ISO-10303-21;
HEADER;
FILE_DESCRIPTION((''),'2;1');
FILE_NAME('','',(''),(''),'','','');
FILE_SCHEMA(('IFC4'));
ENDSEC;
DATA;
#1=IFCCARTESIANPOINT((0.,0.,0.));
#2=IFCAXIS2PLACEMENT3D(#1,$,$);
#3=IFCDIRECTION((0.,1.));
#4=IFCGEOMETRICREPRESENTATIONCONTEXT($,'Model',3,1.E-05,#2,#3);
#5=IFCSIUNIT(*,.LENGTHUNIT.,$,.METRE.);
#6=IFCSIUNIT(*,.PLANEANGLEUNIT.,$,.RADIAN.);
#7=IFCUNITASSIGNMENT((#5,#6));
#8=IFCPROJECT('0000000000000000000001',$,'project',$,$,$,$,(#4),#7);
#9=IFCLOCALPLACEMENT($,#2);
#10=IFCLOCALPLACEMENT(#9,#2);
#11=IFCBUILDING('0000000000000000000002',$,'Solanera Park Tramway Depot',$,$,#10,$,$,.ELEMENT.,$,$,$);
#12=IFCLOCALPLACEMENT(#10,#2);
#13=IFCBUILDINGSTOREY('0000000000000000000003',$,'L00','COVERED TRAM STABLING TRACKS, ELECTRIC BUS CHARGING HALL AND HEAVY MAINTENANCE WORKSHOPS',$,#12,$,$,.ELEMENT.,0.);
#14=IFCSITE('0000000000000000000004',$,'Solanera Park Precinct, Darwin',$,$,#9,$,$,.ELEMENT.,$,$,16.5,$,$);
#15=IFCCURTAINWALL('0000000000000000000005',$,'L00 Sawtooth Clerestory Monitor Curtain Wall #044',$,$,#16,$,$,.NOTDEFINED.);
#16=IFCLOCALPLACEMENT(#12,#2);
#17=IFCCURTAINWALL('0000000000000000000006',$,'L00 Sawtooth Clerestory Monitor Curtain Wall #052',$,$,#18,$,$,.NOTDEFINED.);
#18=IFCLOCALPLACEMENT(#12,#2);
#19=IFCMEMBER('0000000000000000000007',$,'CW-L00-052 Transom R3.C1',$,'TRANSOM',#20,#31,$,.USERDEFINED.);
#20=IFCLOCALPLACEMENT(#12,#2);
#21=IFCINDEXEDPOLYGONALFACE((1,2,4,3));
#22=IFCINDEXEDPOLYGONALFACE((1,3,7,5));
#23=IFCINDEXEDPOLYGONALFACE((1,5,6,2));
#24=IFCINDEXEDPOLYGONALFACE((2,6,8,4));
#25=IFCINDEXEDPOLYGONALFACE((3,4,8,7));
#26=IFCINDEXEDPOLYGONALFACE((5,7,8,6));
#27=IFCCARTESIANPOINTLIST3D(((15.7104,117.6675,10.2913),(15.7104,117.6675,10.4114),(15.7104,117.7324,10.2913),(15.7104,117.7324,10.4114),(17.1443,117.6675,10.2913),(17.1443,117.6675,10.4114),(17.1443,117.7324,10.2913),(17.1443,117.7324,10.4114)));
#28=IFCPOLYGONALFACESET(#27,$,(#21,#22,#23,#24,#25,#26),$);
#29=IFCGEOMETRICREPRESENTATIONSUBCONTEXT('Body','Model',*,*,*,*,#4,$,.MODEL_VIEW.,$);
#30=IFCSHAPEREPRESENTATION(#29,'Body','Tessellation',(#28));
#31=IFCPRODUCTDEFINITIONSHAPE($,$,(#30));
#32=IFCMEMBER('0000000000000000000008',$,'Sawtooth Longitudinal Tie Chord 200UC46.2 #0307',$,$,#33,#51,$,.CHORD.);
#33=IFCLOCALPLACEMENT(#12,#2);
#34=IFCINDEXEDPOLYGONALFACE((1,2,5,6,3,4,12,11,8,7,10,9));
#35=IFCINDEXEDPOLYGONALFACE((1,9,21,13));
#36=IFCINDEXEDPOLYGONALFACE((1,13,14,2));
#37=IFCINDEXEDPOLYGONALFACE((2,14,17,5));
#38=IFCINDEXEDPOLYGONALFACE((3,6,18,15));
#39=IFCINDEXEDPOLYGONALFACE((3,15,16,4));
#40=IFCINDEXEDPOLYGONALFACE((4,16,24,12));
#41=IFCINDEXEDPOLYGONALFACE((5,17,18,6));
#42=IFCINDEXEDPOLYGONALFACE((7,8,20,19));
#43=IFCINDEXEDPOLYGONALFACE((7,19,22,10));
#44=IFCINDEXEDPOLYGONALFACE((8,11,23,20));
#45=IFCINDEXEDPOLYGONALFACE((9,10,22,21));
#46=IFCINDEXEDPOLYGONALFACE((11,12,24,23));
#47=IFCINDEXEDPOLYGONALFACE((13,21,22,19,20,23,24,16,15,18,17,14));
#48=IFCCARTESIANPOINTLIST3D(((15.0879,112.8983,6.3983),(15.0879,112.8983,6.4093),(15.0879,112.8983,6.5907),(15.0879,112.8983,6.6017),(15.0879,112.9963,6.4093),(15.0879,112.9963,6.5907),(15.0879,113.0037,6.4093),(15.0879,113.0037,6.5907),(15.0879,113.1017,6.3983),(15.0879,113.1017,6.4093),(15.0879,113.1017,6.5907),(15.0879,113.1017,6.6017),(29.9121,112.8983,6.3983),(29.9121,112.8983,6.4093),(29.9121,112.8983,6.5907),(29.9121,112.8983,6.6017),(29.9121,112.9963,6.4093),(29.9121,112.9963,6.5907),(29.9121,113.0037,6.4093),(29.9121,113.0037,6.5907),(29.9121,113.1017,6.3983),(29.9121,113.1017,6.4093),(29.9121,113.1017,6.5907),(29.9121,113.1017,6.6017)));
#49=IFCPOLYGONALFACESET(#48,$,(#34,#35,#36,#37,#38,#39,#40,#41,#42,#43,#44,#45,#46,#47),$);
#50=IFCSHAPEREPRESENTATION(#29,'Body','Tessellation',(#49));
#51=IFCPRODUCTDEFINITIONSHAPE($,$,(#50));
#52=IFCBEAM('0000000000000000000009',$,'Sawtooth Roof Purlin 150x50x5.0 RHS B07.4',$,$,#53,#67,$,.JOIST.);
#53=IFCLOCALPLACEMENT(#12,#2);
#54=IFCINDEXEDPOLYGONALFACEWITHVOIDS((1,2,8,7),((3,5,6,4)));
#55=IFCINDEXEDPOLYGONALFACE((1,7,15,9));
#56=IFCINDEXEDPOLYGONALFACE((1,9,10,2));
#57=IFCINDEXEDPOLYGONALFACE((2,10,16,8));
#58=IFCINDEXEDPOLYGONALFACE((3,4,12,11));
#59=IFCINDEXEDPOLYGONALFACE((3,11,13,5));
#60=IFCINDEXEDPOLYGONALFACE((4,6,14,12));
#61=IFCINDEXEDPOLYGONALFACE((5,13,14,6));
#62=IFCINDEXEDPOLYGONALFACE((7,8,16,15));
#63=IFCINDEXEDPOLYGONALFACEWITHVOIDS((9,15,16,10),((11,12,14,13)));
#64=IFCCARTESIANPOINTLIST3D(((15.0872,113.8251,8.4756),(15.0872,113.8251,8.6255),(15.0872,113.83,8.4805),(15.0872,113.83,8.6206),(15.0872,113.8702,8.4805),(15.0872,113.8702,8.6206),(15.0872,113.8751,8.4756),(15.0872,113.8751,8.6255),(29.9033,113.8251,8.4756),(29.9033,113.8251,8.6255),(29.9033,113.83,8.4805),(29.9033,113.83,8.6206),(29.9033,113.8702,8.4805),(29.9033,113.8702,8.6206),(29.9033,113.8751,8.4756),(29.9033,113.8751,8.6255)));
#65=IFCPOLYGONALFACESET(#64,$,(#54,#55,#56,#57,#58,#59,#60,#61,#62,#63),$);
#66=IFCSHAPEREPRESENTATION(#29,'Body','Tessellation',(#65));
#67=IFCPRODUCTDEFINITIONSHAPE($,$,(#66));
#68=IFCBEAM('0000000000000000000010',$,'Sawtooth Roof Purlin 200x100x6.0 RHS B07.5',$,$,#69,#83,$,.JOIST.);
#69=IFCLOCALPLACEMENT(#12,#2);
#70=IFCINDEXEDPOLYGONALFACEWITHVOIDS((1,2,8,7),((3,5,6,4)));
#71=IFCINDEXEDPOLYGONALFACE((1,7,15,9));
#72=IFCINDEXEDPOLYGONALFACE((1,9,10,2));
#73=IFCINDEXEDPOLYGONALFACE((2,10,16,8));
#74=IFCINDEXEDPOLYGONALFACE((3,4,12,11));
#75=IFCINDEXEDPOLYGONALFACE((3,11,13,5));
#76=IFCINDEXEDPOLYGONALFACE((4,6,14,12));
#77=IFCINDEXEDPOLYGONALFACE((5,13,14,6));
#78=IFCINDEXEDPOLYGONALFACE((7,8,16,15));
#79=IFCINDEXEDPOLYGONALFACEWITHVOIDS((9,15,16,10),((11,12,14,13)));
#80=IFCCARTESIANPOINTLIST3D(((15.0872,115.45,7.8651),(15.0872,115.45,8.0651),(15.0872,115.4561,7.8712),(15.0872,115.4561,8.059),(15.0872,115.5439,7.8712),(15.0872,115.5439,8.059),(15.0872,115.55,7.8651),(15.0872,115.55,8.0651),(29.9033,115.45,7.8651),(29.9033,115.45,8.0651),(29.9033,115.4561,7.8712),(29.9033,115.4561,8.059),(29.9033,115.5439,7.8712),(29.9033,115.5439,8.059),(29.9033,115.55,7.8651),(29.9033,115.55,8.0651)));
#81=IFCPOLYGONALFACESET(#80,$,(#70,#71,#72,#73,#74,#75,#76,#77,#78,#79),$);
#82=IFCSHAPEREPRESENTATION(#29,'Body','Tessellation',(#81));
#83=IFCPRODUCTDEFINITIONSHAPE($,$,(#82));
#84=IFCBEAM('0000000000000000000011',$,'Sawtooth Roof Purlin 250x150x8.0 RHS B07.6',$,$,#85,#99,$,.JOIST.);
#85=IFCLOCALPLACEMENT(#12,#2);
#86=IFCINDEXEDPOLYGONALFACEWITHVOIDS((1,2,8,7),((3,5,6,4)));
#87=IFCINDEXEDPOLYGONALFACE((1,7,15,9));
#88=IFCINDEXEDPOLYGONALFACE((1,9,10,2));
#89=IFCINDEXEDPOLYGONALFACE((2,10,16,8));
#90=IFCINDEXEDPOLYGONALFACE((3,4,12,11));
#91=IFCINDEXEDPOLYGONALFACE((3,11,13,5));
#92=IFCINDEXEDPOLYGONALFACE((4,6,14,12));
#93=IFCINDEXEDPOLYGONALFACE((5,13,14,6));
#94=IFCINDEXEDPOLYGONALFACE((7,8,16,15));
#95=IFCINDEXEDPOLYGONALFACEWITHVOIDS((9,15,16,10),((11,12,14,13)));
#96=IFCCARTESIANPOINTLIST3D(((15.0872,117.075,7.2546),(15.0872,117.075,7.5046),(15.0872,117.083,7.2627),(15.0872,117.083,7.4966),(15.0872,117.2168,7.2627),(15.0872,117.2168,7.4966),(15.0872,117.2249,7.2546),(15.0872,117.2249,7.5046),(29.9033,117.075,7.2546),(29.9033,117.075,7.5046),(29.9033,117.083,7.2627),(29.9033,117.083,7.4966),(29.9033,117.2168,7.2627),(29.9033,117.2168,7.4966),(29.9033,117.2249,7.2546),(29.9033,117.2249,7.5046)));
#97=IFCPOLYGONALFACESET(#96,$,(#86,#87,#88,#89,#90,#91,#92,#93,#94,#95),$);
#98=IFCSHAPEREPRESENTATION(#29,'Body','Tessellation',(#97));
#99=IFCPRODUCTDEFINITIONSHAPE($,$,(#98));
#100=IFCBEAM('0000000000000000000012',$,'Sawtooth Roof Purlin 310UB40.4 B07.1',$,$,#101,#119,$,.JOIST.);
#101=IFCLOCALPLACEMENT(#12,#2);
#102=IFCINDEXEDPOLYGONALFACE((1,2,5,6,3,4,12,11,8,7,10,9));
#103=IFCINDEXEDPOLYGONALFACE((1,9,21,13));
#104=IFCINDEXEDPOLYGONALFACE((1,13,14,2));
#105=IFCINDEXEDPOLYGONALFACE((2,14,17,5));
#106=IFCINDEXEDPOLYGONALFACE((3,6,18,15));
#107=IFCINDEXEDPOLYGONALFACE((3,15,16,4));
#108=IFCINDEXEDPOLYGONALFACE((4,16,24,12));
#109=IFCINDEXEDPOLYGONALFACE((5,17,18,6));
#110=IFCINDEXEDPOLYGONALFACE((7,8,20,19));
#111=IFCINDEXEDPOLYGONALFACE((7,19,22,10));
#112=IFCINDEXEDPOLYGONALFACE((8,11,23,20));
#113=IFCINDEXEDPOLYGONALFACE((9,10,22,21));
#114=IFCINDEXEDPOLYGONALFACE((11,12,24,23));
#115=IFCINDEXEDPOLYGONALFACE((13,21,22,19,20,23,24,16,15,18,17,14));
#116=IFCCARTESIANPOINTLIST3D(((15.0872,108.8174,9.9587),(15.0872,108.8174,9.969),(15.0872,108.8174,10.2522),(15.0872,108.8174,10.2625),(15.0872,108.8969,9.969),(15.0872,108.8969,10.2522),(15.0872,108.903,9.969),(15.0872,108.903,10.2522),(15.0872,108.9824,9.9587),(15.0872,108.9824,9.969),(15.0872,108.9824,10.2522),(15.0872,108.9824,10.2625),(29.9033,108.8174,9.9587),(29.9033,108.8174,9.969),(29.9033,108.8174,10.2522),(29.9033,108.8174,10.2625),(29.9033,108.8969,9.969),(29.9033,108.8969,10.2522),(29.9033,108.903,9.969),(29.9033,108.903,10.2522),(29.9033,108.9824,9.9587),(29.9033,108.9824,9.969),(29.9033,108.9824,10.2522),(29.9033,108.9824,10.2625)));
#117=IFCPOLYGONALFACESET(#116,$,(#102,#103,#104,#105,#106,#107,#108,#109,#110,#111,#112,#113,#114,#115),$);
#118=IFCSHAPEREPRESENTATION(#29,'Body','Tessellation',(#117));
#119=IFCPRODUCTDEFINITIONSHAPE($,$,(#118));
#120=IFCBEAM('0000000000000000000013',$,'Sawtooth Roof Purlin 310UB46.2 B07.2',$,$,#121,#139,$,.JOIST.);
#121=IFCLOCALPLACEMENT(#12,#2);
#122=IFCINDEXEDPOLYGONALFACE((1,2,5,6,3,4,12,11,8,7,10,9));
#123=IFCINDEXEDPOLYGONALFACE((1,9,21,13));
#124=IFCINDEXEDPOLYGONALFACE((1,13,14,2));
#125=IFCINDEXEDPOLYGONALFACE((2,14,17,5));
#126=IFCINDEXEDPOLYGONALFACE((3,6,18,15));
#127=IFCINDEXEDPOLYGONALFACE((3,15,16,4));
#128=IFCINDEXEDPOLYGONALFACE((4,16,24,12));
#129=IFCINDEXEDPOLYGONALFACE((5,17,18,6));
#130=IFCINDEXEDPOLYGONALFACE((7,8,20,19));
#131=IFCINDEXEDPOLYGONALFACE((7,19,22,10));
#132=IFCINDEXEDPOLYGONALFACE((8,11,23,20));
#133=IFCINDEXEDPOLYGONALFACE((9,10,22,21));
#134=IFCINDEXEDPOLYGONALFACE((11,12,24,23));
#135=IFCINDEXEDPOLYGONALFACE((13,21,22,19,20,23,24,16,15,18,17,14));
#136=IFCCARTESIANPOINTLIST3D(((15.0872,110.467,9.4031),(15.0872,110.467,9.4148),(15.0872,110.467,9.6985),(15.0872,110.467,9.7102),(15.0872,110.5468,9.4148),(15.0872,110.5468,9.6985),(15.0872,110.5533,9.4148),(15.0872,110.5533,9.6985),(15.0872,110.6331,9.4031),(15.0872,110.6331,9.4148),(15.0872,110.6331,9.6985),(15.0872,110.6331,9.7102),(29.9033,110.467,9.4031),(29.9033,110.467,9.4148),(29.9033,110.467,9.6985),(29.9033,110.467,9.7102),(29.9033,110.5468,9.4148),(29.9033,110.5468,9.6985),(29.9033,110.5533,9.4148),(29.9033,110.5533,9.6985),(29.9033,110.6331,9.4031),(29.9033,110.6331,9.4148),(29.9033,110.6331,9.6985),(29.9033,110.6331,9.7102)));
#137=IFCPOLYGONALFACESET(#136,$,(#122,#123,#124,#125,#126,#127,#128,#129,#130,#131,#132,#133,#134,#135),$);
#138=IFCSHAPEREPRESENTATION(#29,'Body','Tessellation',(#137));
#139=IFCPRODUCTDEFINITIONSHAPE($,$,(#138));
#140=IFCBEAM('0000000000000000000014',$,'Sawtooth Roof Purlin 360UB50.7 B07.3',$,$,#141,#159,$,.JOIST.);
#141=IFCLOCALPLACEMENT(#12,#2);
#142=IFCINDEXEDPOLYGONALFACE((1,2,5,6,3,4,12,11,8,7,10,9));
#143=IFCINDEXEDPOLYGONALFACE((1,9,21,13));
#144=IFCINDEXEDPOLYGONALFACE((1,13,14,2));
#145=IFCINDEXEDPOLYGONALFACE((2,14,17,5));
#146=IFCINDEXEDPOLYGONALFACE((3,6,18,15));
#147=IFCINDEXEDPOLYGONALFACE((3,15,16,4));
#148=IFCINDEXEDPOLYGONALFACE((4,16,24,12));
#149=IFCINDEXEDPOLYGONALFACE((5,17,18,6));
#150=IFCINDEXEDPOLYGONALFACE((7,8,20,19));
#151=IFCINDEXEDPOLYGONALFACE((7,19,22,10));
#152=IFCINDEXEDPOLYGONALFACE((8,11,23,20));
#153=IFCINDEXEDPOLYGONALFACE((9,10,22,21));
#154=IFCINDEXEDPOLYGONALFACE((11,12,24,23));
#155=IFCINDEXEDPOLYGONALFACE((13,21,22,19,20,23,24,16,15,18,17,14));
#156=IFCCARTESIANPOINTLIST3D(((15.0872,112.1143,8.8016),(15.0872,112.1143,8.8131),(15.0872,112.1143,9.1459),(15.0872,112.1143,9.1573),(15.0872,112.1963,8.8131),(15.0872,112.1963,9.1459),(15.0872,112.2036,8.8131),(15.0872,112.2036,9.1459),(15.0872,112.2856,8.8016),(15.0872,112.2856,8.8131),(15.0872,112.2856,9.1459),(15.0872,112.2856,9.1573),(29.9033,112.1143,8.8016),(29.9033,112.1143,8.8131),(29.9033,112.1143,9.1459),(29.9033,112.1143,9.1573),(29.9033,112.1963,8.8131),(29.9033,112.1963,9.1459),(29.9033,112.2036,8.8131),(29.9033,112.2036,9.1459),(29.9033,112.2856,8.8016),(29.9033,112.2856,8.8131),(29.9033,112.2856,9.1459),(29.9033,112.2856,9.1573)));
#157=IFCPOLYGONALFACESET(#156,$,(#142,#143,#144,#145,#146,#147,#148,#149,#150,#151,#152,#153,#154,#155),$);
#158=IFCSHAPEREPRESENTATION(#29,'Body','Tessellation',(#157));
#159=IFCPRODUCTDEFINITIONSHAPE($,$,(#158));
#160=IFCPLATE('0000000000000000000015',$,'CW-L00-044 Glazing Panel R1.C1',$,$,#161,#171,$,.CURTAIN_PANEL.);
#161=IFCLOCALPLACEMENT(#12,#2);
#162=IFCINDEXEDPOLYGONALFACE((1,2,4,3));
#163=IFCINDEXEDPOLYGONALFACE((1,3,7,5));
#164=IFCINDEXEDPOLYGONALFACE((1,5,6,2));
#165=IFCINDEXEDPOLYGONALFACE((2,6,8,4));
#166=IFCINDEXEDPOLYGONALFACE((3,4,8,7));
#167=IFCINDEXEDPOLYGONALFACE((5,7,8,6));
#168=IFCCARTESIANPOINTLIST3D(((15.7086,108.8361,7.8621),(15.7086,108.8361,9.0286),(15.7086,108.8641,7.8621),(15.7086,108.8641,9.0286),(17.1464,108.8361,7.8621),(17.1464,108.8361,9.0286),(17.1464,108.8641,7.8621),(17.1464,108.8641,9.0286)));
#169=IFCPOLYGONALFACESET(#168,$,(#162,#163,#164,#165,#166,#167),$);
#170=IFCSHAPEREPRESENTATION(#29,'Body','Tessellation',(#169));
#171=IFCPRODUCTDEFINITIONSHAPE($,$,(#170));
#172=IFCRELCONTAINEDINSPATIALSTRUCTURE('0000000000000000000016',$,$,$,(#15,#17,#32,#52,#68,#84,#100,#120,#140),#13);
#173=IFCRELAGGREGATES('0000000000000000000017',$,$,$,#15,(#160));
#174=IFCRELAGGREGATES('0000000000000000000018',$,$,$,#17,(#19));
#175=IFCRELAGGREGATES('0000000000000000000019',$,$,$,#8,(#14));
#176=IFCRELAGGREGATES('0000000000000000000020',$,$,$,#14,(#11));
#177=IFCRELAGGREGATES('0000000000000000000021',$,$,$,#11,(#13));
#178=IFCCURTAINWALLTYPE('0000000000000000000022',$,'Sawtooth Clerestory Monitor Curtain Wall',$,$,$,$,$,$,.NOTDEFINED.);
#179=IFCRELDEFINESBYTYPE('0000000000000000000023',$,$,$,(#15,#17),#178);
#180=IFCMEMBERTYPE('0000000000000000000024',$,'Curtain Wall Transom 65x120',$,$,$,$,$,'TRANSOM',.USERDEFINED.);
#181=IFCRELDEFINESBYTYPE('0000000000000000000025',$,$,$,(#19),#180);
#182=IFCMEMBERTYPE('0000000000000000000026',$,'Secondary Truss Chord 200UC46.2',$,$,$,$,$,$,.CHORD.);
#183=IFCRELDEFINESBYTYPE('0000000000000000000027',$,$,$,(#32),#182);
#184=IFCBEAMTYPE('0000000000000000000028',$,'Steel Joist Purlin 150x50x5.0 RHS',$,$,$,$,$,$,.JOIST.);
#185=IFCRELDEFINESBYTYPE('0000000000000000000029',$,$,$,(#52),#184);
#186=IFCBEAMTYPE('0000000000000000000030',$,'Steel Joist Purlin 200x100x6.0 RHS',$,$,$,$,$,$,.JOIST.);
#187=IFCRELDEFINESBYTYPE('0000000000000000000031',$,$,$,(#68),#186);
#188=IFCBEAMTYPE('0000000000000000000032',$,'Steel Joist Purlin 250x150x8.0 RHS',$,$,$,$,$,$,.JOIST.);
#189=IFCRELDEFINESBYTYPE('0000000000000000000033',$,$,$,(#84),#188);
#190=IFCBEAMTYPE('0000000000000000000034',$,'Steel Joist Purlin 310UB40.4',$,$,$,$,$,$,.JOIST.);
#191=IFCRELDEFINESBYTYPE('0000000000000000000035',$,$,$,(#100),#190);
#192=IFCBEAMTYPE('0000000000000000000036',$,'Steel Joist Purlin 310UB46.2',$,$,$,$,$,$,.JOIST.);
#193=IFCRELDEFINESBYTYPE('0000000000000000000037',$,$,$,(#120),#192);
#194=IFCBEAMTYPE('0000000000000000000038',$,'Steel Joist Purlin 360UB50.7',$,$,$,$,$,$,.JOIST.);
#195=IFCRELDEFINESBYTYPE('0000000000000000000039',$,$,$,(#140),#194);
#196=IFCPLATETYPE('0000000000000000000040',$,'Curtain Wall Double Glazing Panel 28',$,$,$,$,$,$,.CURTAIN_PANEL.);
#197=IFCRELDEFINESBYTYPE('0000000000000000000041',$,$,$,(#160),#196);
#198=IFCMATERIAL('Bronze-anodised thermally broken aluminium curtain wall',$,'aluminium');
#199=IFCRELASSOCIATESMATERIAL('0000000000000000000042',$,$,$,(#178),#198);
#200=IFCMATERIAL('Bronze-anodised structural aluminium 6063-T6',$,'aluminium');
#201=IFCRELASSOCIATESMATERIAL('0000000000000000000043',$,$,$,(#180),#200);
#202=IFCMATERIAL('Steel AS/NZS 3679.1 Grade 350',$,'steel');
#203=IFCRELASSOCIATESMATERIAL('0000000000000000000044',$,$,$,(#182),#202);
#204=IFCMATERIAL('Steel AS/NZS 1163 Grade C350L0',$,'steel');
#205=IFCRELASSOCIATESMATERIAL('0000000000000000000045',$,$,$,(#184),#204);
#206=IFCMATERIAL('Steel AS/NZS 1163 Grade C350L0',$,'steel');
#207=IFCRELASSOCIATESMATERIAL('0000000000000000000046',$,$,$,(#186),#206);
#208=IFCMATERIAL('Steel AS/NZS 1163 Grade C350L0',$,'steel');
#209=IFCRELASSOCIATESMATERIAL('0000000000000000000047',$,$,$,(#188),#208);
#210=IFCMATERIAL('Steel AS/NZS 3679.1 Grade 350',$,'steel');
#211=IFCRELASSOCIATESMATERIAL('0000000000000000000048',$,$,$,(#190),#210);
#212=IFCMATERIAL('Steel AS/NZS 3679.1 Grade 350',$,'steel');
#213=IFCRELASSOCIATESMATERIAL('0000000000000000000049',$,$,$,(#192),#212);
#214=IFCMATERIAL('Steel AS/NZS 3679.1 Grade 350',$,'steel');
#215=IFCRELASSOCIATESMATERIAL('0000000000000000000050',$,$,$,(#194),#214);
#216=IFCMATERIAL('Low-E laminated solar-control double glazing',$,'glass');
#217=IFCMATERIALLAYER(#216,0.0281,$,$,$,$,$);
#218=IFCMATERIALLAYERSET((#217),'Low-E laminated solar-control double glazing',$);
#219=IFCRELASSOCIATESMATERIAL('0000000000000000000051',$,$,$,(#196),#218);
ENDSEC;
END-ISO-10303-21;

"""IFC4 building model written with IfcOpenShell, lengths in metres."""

from ifc_helpers import new_model, si_unit, direction, frame, origin, origin_2d, place, context, subcontext, project, spatial, rectangle, hollow_rectangle, i_section, extrude, material, layer, layer_set, material_profile, profile_set, type_object, element, aggregate, save


model = new_model("IFC4")

# Units and contexts
model_context = context("Model", 3, precision=1e-05, world=origin(), true_north=direction((0.0, 1.0)))
body_context = subcontext(model_context, "Body", "Model", "MODEL_VIEW")
ifc_project = project(units=[si_unit("LENGTHUNIT", "METRE"), si_unit("PLANEANGLEUNIT", "RADIAN")], contexts=[model_context])

# Site, building, storey
site_placement = place(None, origin())
site = spatial("IfcSite", under=ifc_project, at=site_placement, Name="Solanera Park Precinct, Darwin", CompositionType="ELEMENT", RefElevation=16.5)
building_placement = place(site_placement, origin())
building = spatial("IfcBuilding", under=site, at=building_placement, Name="Solanera Park Tramway Depot", CompositionType="ELEMENT")
storey_placement = place(building_placement, origin())
storey = spatial("IfcBuildingStorey", under=building, at=storey_placement, Name="L00", Description="COVERED TRAM STABLING TRACKS, ELECTRIC BUS CHARGING HALL AND HEAVY MAINTENANCE WORKSHOPS", CompositionType="ELEMENT", Elevation=0.0)

# Curtain walls
ifc_material_1 = material(Name="Bronze-anodised thermally broken aluminium curtain wall", Category="aluminium")
curtain_wall_type = type_object("IfcCurtainWallType", Name="Sawtooth Clerestory Monitor Curtain Wall", PredefinedType="NOTDEFINED", material=ifc_material_1)
curtain_wall_1_placement = place(storey_placement, origin())
curtain_wall_1 = element("IfcCurtainWall", 1, at=curtain_wall_1_placement, inside=storey, type_object=curtain_wall_type, Name="L00 Sawtooth Clerestory Monitor Curtain Wall #044", PredefinedType="NOTDEFINED")
curtain_wall_2_placement = place(storey_placement, origin())
curtain_wall_2 = element("IfcCurtainWall", 2, at=curtain_wall_2_placement, inside=storey, type_object=curtain_wall_type, Name="L00 Sawtooth Clerestory Monitor Curtain Wall #052", PredefinedType="NOTDEFINED")

# Members
ifc_material_2 = material(Name="Bronze-anodised structural aluminium 6063-T6", Category="aluminium")
ifc_material_profile_1 = material_profile(ifc_material_2, rectangle(XDim=0.0649, YDim=0.1201, at=origin_2d()), Name="Curtain Wall Transom 65x120")
ifc_profile_set_1 = profile_set([ifc_material_profile_1], Name="Bronze-anodised structural aluminium 6063-T6")
member_type_1 = type_object("IfcMemberType", Name="Curtain Wall Transom 65x120", ElementType="TRANSOM", PredefinedType="USERDEFINED", material=ifc_profile_set_1)
member_1_placement = place(storey_placement, frame((15.7104, 117.7, 10.3513), z_axis=(1.0, 0.0, 0.0), x_axis=(0.0, 1.0, 0.0)))
member_1 = element("IfcMember", 3, at=member_1_placement, type_object=member_type_1, Name="CW-L00-052 Transom R3.C1", ObjectType="TRANSOM", PredefinedType="USERDEFINED", context=body_context, shape_type="SweptSolid", body=[
    extrude(rectangle(XDim=0.0649, YDim=0.1201, at=origin_2d()), origin(), (0.0, 0.0, 1.0), 1.4338),
])
ifc_material_3 = material(Name="Steel AS/NZS 3679.1 Grade 350", Category="steel")
ifc_material_profile_2 = material_profile(ifc_material_3, i_section(OverallWidth=0.2034, OverallDepth=0.2034, WebThickness=0.0073, FlangeThickness=0.011, at=origin_2d()), Name="200UC46.2")
ifc_profile_set_2 = profile_set([ifc_material_profile_2], Name="Steel AS/NZS 3679.1 Grade 350")
member_type_2 = type_object("IfcMemberType", Name="Secondary Truss Chord 200UC46.2", PredefinedType="CHORD", material=ifc_profile_set_2)
member_2_placement = place(storey_placement, frame((15.0879, 113.0, 6.5), z_axis=(1.0, 0.0, 0.0), x_axis=(0.0, 1.0, 0.0)))
element("IfcMember", 4, at=member_2_placement, inside=storey, type_object=member_type_2, Name="Sawtooth Longitudinal Tie Chord 200UC46.2 #0307", PredefinedType="CHORD", context=body_context, shape_type="SweptSolid", body=[
    extrude(i_section(OverallWidth=0.2034, OverallDepth=0.2034, WebThickness=0.0073, FlangeThickness=0.011, at=origin_2d()), origin(), (0.0, 0.0, 1.0), 14.8242),
])

# Beams
ifc_material_4 = material(Name="Steel AS/NZS 1163 Grade C350L0", Category="steel")
ifc_material_profile_3 = material_profile(ifc_material_4, hollow_rectangle(XDim=0.05, YDim=0.1499, WallThickness=0.0049, at=origin_2d()), Name="150x50x5.0 RHS")
ifc_profile_set_3 = profile_set([ifc_material_profile_3], Name="Steel AS/NZS 1163 Grade C350L0")
beam_type_1 = type_object("IfcBeamType", Name="Steel Joist Purlin 150x50x5.0 RHS", PredefinedType="JOIST", material=ifc_profile_set_3)
beam_1_placement = place(storey_placement, frame((15.0872, 113.8501, 8.5505), z_axis=(1.0, 0.0, 0.0), x_axis=(0.0, 1.0, 0.0)))
element("IfcBeam", 5, at=beam_1_placement, inside=storey, type_object=beam_type_1, Name="Sawtooth Roof Purlin 150x50x5.0 RHS B07.4", PredefinedType="JOIST", context=body_context, shape_type="SweptSolid", body=[
    extrude(hollow_rectangle(XDim=0.05, YDim=0.1499, WallThickness=0.0049, at=origin_2d()), origin(), (0.0, 0.0, 1.0), 14.8162),
])
ifc_material_5 = material(Name="Steel AS/NZS 1163 Grade C350L0", Category="steel")
ifc_material_profile_4 = material_profile(ifc_material_5, hollow_rectangle(XDim=0.1001, YDim=0.2, WallThickness=0.0061, at=origin_2d()), Name="200x100x6.0 RHS")
ifc_profile_set_4 = profile_set([ifc_material_profile_4], Name="Steel AS/NZS 1163 Grade C350L0")
beam_type_2 = type_object("IfcBeamType", Name="Steel Joist Purlin 200x100x6.0 RHS", PredefinedType="JOIST", material=ifc_profile_set_4)
beam_2_placement = place(storey_placement, frame((15.0872, 115.5, 7.9651), z_axis=(1.0, 0.0, 0.0), x_axis=(0.0, 1.0, 0.0)))
element("IfcBeam", 6, at=beam_2_placement, inside=storey, type_object=beam_type_2, Name="Sawtooth Roof Purlin 200x100x6.0 RHS B07.5", PredefinedType="JOIST", context=body_context, shape_type="SweptSolid", body=[
    extrude(hollow_rectangle(XDim=0.1001, YDim=0.2, WallThickness=0.0061, at=origin_2d()), origin(), (0.0, 0.0, 1.0), 14.8162),
])
ifc_material_6 = material(Name="Steel AS/NZS 1163 Grade C350L0", Category="steel")
ifc_material_profile_5 = material_profile(ifc_material_6, hollow_rectangle(XDim=0.1499, YDim=0.25, WallThickness=0.0081, at=origin_2d()), Name="250x150x8.0 RHS")
ifc_profile_set_5 = profile_set([ifc_material_profile_5], Name="Steel AS/NZS 1163 Grade C350L0")
beam_type_3 = type_object("IfcBeamType", Name="Steel Joist Purlin 250x150x8.0 RHS", PredefinedType="JOIST", material=ifc_profile_set_5)
beam_3_placement = place(storey_placement, frame((15.0872, 117.1499, 7.3796), z_axis=(1.0, 0.0, 0.0), x_axis=(0.0, 1.0, 0.0)))
element("IfcBeam", 7, at=beam_3_placement, inside=storey, type_object=beam_type_3, Name="Sawtooth Roof Purlin 250x150x8.0 RHS B07.6", PredefinedType="JOIST", context=body_context, shape_type="SweptSolid", body=[
    extrude(hollow_rectangle(XDim=0.1499, YDim=0.25, WallThickness=0.0081, at=origin_2d()), origin(), (0.0, 0.0, 1.0), 14.8162),
])
ifc_material_7 = material(Name="Steel AS/NZS 3679.1 Grade 350", Category="steel")
ifc_material_profile_6 = material_profile(ifc_material_7, i_section(OverallWidth=0.165, OverallDepth=0.3037, WebThickness=0.0061, FlangeThickness=0.0103, at=origin_2d()), Name="310UB40.4")
ifc_profile_set_6 = profile_set([ifc_material_profile_6], Name="Steel AS/NZS 3679.1 Grade 350")
beam_type_4 = type_object("IfcBeamType", Name="Steel Joist Purlin 310UB40.4", PredefinedType="JOIST", material=ifc_profile_set_6)
beam_4_placement = place(storey_placement, frame((15.0872, 108.8999, 10.1106), z_axis=(1.0, 0.0, 0.0), x_axis=(0.0, 1.0, 0.0)))
element("IfcBeam", 8, at=beam_4_placement, inside=storey, type_object=beam_type_4, Name="Sawtooth Roof Purlin 310UB40.4 B07.1", PredefinedType="JOIST", context=body_context, shape_type="SweptSolid", body=[
    extrude(i_section(OverallWidth=0.165, OverallDepth=0.3037, WebThickness=0.0061, FlangeThickness=0.0103, at=origin_2d()), origin(), (0.0, 0.0, 1.0), 14.8162),
])
ifc_material_8 = material(Name="Steel AS/NZS 3679.1 Grade 350", Category="steel")
ifc_material_profile_7 = material_profile(ifc_material_8, i_section(OverallWidth=0.166, OverallDepth=0.3071, WebThickness=0.0066, FlangeThickness=0.0117, at=origin_2d()), Name="310UB46.2")
ifc_profile_set_7 = profile_set([ifc_material_profile_7], Name="Steel AS/NZS 3679.1 Grade 350")
beam_type_5 = type_object("IfcBeamType", Name="Steel Joist Purlin 310UB46.2", PredefinedType="JOIST", material=ifc_profile_set_7)
beam_5_placement = place(storey_placement, frame((15.0872, 110.55, 9.5566), z_axis=(1.0, 0.0, 0.0), x_axis=(0.0, 1.0, 0.0)))
element("IfcBeam", 9, at=beam_5_placement, inside=storey, type_object=beam_type_5, Name="Sawtooth Roof Purlin 310UB46.2 B07.2", PredefinedType="JOIST", context=body_context, shape_type="SweptSolid", body=[
    extrude(i_section(OverallWidth=0.166, OverallDepth=0.3071, WebThickness=0.0066, FlangeThickness=0.0117, at=origin_2d()), origin(), (0.0, 0.0, 1.0), 14.8162),
])
ifc_material_9 = material(Name="Steel AS/NZS 3679.1 Grade 350", Category="steel")
ifc_material_profile_8 = material_profile(ifc_material_9, i_section(OverallWidth=0.1714, OverallDepth=0.3557, WebThickness=0.0073, FlangeThickness=0.0115, at=origin_2d()), Name="360UB50.7")
ifc_profile_set_8 = profile_set([ifc_material_profile_8], Name="Steel AS/NZS 3679.1 Grade 350")
beam_type_6 = type_object("IfcBeamType", Name="Steel Joist Purlin 360UB50.7", PredefinedType="JOIST", material=ifc_profile_set_8)
beam_6_placement = place(storey_placement, frame((15.0872, 112.2, 8.9795), z_axis=(1.0, 0.0, 0.0), x_axis=(0.0, 1.0, 0.0)))
element("IfcBeam", 10, at=beam_6_placement, inside=storey, type_object=beam_type_6, Name="Sawtooth Roof Purlin 360UB50.7 B07.3", PredefinedType="JOIST", context=body_context, shape_type="SweptSolid", body=[
    extrude(i_section(OverallWidth=0.1714, OverallDepth=0.3557, WebThickness=0.0073, FlangeThickness=0.0115, at=origin_2d()), origin(), (0.0, 0.0, 1.0), 14.8162),
])

# Plate
ifc_material_10 = material(Name="Low-E laminated solar-control double glazing", Category="glass")
ifc_layer_1 = layer(ifc_material_10, 0.0281)
ifc_layer_set_1 = layer_set([ifc_layer_1], Name="Low-E laminated solar-control double glazing")
plate_type_1 = type_object("IfcPlateType", Name="Curtain Wall Double Glazing Panel 28", PredefinedType="CURTAIN_PANEL", material=ifc_layer_set_1)
plate_1_placement = place(storey_placement, frame((16.4275, 108.8501, 7.8621), z_axis=(0.0, 0.0, 1.0), x_axis=(1.0, 0.0, 0.0)))
plate_1 = element("IfcPlate", 11, at=plate_1_placement, type_object=plate_type_1, Name="CW-L00-044 Glazing Panel R1.C1", PredefinedType="CURTAIN_PANEL", context=body_context, shape_type="SweptSolid", body=[
    extrude(rectangle(XDim=1.4377, YDim=0.0281, at=origin_2d()), origin(), (0.0, 0.0, 1.0), 1.1665),
])
aggregate(curtain_wall_1, [plate_1])
aggregate(curtain_wall_2, [member_1])

save(model, "model.ifc")
